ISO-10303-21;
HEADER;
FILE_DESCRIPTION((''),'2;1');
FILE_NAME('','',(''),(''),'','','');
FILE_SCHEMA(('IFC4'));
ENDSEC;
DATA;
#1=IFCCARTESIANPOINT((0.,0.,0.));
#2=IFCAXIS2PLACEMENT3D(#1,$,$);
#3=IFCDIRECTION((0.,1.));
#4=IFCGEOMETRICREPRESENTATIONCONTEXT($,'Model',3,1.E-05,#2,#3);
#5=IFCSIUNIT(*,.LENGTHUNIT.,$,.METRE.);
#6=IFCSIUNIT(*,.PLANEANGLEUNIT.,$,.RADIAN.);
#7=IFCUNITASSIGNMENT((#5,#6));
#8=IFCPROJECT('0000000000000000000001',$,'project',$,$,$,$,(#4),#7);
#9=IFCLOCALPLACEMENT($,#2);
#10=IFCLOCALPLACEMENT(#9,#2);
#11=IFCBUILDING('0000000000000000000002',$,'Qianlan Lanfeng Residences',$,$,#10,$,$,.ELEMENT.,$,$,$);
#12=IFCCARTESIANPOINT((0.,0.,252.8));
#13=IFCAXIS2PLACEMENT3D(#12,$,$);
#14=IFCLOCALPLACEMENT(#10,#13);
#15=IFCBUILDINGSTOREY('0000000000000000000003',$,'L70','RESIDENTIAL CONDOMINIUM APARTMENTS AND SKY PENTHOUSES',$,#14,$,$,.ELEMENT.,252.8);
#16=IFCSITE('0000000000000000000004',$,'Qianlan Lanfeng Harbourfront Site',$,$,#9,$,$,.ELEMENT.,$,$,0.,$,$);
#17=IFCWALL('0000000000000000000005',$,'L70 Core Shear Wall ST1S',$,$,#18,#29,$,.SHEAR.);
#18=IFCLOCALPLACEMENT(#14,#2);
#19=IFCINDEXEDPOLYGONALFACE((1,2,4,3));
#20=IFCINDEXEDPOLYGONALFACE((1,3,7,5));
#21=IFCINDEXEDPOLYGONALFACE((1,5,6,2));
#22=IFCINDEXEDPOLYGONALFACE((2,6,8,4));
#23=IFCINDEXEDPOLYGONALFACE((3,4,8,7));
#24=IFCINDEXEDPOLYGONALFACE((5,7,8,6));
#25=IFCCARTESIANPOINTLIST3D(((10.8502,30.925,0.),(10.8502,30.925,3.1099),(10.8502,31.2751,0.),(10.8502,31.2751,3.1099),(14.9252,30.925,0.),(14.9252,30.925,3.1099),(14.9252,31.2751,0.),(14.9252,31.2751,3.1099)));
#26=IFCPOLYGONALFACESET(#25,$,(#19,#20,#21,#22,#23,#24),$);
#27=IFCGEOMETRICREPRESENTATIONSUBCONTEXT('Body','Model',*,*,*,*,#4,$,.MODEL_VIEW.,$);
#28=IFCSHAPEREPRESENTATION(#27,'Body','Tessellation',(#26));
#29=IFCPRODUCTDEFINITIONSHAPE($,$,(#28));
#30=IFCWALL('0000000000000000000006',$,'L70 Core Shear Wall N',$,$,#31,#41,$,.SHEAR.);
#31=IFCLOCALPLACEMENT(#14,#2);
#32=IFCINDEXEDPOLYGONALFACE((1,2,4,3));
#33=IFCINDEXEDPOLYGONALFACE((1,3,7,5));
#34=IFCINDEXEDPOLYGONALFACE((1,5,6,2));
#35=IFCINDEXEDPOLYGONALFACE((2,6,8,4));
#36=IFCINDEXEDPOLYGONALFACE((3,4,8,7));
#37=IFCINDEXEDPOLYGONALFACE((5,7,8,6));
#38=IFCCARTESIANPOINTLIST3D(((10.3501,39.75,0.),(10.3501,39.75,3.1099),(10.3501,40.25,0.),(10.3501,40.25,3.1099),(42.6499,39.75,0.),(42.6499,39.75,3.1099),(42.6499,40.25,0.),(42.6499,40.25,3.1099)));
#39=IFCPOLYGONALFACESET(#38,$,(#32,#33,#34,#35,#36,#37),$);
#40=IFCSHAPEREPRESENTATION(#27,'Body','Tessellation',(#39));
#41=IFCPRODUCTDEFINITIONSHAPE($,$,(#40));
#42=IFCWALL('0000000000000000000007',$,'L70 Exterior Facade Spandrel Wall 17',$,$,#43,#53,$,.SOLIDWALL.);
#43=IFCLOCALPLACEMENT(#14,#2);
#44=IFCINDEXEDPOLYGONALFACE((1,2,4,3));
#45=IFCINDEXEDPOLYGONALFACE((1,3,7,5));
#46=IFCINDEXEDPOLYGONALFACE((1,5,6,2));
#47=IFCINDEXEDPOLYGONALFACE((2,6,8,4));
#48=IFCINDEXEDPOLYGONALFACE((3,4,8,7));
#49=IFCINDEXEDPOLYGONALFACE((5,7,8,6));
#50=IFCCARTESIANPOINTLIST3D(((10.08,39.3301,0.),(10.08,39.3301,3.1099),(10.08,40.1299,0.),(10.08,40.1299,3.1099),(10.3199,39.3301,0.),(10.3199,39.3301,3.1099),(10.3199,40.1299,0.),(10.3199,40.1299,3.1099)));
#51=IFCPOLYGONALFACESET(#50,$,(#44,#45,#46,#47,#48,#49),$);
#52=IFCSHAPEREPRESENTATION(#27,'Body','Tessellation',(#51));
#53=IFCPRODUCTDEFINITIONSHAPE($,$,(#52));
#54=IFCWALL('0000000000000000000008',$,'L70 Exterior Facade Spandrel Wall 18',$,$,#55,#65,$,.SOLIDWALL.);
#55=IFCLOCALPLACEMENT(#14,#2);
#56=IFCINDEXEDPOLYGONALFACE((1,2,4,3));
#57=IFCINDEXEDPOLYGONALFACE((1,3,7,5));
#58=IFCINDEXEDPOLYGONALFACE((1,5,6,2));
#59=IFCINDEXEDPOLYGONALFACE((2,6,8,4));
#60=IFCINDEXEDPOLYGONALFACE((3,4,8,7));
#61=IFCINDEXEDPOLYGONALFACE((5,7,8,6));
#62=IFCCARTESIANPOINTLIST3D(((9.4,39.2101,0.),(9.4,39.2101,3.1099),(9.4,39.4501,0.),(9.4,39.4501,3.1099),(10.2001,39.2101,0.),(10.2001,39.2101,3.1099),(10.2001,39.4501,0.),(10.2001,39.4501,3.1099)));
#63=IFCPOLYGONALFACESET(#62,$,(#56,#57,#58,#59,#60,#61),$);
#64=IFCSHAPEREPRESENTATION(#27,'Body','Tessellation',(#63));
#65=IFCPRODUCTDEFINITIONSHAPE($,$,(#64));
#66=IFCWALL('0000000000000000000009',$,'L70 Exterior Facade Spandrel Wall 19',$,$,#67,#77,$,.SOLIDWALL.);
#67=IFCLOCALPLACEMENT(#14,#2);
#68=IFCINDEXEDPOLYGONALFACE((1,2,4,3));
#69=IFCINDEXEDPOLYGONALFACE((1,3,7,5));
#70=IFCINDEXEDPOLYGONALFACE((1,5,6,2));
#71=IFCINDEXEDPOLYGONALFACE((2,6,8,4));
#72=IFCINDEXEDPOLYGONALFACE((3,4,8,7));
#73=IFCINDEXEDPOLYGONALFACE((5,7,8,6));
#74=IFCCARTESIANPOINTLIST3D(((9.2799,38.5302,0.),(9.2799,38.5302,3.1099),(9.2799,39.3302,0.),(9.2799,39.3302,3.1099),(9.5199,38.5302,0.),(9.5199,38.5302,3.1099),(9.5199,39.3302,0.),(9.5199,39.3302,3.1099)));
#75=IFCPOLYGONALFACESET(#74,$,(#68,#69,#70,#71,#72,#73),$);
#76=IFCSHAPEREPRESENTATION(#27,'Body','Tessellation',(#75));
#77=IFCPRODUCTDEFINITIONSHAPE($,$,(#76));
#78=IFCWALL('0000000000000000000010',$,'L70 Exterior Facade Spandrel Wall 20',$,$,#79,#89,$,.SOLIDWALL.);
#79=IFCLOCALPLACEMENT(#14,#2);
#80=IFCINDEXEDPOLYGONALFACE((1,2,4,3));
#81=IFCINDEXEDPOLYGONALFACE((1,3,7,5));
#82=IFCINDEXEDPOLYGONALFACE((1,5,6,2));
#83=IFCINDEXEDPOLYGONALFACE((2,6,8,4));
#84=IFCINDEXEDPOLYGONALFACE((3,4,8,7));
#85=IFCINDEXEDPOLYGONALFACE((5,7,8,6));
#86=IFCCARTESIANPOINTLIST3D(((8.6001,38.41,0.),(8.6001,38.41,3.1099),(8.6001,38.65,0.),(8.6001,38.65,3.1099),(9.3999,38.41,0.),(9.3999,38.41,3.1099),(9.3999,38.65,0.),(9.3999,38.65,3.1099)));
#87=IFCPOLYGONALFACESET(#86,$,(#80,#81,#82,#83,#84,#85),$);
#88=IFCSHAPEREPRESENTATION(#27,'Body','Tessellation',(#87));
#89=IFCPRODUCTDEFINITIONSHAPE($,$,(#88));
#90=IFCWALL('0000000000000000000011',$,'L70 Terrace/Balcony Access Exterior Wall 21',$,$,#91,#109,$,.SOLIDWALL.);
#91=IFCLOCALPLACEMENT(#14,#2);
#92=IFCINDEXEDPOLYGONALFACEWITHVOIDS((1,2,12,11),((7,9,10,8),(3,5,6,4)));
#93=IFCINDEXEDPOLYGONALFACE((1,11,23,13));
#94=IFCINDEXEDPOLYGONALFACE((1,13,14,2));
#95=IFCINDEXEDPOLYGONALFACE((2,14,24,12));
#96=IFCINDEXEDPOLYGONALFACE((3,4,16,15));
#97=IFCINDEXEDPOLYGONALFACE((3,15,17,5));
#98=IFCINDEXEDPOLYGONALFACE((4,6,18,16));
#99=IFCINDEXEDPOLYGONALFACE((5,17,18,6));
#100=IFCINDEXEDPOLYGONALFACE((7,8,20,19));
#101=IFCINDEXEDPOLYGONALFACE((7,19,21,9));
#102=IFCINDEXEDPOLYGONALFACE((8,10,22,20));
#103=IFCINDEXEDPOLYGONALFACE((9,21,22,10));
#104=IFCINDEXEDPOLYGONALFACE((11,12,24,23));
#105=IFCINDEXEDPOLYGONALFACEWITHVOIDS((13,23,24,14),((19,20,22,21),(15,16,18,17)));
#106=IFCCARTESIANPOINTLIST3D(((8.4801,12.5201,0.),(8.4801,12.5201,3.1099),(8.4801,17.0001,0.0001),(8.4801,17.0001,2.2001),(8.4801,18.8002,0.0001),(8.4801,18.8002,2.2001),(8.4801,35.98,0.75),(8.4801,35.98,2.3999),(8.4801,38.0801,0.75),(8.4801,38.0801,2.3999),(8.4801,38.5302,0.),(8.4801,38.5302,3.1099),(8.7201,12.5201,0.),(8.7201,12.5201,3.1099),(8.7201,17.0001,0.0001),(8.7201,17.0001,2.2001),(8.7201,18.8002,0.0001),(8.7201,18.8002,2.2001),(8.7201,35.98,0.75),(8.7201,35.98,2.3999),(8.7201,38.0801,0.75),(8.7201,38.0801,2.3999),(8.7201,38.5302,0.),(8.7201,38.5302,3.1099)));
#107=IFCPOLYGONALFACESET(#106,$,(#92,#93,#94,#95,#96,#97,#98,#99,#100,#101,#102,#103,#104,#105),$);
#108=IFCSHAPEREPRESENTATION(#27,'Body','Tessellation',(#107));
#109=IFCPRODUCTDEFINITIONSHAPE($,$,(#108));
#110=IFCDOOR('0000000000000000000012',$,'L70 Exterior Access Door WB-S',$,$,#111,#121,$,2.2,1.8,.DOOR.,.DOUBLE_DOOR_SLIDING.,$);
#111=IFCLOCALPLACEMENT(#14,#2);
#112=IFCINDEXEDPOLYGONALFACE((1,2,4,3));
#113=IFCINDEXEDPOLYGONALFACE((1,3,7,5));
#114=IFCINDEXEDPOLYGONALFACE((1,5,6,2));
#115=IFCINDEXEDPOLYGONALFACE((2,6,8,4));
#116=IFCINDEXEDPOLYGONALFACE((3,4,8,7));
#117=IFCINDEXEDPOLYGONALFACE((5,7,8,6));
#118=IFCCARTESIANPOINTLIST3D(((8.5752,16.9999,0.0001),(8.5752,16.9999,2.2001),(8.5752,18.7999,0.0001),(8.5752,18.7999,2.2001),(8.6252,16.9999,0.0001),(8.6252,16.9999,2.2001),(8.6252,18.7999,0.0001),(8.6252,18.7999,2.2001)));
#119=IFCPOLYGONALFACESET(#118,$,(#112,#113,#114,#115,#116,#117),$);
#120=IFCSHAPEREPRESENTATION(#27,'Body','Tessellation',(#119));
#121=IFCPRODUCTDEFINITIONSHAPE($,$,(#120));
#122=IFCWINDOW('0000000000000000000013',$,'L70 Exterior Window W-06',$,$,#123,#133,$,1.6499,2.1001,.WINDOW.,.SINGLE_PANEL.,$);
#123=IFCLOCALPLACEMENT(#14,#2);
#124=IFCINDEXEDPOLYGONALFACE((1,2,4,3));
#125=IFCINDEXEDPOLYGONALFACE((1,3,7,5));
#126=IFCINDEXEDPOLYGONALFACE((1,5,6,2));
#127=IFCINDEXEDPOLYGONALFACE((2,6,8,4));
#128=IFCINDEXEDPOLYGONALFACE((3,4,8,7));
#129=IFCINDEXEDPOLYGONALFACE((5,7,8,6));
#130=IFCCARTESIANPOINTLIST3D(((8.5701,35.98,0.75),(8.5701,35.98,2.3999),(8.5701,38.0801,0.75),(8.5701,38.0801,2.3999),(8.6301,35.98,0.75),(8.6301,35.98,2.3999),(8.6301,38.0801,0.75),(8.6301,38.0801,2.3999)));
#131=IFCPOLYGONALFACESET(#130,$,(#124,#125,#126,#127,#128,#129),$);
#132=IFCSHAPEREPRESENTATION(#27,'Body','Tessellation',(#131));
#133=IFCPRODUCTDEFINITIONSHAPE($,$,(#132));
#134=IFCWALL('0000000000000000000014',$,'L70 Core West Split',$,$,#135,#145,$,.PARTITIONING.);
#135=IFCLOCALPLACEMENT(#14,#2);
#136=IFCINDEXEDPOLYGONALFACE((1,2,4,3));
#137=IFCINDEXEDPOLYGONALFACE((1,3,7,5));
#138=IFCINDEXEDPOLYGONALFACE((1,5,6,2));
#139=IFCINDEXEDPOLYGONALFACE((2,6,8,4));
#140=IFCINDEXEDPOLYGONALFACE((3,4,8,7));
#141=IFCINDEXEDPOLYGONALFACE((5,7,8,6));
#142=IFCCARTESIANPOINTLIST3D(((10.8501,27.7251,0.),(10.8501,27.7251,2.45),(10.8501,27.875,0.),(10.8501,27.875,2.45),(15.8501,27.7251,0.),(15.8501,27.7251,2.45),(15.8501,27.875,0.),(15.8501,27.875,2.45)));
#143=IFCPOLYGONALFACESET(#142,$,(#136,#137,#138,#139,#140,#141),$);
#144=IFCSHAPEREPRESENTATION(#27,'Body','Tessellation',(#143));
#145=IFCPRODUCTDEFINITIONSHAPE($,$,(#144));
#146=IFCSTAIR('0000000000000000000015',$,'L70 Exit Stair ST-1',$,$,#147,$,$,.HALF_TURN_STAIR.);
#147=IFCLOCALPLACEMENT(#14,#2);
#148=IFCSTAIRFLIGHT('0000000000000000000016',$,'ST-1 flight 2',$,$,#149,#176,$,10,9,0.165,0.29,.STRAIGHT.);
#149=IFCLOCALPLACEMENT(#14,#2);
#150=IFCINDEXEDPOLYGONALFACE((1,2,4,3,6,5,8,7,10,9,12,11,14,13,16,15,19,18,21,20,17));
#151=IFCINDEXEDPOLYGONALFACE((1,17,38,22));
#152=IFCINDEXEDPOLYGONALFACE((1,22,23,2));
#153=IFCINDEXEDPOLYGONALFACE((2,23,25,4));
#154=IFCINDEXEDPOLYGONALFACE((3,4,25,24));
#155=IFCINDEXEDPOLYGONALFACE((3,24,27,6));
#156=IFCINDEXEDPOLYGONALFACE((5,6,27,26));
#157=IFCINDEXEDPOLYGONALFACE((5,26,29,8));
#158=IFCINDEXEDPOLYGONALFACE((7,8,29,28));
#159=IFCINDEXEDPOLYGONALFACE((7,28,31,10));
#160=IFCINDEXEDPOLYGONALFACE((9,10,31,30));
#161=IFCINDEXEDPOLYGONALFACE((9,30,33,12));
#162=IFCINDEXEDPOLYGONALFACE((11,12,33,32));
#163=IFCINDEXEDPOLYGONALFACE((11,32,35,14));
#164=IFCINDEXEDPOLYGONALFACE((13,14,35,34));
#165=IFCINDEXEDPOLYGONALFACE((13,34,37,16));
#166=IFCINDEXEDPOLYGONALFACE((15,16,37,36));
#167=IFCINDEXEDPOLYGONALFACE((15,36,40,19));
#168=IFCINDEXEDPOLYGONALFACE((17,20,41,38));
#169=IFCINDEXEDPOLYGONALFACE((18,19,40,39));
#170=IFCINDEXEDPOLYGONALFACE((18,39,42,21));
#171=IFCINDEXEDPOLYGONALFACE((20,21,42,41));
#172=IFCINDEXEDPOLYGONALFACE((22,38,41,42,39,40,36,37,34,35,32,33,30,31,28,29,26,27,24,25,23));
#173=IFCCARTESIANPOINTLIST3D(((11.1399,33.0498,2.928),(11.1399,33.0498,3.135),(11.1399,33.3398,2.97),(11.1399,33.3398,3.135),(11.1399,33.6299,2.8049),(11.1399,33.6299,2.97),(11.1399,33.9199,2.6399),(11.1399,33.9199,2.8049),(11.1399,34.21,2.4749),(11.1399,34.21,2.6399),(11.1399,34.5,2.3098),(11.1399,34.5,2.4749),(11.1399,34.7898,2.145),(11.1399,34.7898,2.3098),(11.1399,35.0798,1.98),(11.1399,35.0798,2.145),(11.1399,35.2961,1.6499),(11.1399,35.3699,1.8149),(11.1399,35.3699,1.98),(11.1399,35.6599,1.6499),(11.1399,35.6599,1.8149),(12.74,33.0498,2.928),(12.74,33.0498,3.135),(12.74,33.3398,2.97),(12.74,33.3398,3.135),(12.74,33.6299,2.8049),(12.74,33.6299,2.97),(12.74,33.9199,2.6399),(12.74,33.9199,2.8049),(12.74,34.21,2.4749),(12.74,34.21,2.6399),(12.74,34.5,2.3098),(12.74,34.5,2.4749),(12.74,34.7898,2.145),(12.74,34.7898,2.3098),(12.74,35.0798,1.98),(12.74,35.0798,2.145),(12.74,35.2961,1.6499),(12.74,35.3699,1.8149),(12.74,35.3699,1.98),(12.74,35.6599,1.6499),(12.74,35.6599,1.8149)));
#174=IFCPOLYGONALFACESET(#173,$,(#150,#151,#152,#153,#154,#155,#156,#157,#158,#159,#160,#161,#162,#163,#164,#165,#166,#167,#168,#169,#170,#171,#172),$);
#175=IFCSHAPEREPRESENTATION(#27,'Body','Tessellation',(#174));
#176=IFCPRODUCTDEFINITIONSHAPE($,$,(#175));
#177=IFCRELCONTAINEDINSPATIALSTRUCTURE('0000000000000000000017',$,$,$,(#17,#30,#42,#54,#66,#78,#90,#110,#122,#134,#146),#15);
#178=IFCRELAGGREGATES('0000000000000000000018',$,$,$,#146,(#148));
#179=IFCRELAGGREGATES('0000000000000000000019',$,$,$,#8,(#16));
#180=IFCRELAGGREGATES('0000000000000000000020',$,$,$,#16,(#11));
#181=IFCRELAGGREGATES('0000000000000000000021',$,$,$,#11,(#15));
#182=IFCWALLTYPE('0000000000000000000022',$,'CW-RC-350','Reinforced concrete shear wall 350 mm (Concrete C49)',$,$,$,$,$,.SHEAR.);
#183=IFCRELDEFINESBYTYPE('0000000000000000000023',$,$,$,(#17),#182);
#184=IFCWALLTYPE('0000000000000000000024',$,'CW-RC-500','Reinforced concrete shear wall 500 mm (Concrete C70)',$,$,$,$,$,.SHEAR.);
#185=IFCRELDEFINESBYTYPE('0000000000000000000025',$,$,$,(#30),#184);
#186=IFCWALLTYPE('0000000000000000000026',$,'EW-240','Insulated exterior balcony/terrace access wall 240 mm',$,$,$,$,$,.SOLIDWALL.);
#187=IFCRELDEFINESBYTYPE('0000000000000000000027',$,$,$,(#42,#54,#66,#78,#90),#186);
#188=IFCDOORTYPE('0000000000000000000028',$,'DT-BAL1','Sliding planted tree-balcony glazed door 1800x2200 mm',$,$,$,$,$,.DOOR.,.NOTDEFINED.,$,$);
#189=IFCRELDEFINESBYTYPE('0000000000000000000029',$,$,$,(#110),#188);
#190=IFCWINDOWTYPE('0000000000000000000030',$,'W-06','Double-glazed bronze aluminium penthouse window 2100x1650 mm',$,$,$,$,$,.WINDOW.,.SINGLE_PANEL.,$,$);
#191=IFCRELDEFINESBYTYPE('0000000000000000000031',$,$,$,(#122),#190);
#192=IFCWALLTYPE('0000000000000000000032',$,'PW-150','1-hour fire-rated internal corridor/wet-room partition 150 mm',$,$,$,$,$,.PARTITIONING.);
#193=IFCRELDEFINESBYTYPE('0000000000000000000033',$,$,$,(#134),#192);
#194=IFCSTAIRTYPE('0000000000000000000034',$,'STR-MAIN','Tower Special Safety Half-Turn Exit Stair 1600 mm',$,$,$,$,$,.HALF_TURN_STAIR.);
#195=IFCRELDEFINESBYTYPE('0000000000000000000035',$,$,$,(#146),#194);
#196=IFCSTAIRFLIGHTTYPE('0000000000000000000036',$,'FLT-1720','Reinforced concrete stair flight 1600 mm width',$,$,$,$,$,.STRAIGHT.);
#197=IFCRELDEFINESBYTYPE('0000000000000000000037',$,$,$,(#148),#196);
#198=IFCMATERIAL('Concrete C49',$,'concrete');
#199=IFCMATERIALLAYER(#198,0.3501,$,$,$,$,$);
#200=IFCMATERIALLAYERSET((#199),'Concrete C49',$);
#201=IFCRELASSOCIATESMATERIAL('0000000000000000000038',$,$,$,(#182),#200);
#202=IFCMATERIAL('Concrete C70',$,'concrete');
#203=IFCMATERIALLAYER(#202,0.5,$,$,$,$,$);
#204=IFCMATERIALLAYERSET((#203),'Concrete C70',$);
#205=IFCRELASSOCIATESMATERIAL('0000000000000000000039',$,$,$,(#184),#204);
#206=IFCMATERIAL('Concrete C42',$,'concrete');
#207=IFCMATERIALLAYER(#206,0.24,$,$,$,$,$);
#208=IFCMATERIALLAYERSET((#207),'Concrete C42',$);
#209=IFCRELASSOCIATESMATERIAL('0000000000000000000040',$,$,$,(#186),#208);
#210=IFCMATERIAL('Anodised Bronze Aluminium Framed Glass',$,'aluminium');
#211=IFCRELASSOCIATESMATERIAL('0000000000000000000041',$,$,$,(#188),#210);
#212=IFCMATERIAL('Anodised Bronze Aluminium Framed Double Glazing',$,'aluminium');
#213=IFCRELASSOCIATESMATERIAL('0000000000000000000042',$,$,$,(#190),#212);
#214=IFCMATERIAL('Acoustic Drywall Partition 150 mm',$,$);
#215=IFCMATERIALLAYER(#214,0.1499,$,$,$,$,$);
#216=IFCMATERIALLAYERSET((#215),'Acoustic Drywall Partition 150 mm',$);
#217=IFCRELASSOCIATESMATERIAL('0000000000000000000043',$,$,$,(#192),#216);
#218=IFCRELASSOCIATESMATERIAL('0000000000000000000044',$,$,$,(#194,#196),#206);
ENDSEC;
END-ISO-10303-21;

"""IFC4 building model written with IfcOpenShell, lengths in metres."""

from ifc_helpers import new_model, si_unit, direction, frame, frame_2d, origin, place, context, subcontext, project, spatial, polyline, rectangle, outline, extrude, material, layer, layer_set, type_object, element, fill, aggregate, save


model = new_model("IFC4")

# Units and contexts
model_context = context("Model", 3, precision=1e-05, world=origin(), true_north=direction((0.0, 1.0)))
body_context = subcontext(model_context, "Body", "Model", "MODEL_VIEW")
ifc_project = project(units=[si_unit("LENGTHUNIT", "METRE"), si_unit("PLANEANGLEUNIT", "RADIAN")], contexts=[model_context])

# Site, building, storey
site_placement = place(None, origin())
site = spatial("IfcSite", under=ifc_project, at=site_placement, Name="Qianlan Lanfeng Harbourfront Site", CompositionType="ELEMENT", RefElevation=0.0)
building_placement = place(site_placement, origin())
building = spatial("IfcBuilding", under=site, at=building_placement, Name="Qianlan Lanfeng Residences", CompositionType="ELEMENT")
storey_placement = place(building_placement, frame((0.0, 0.0, 252.8)))
storey = spatial("IfcBuildingStorey", under=building, at=storey_placement, Name="L70", Description="RESIDENTIAL CONDOMINIUM APARTMENTS AND SKY PENTHOUSES", CompositionType="ELEMENT", Elevation=252.8)

# Walls
ifc_material_1 = material(Name="Concrete C49", Category="concrete")
ifc_layer_1 = layer(ifc_material_1, 0.3501)
ifc_layer_set_1 = layer_set([ifc_layer_1], Name="Concrete C49")
wall_type_1 = type_object("IfcWallType", Name="CW-RC-350", Description="Reinforced concrete shear wall 350 mm (Concrete C49)", PredefinedType="SHEAR", material=ifc_layer_set_1)
wall_1_placement = place(storey_placement, frame((10.8501, 31.1001, 0.0), z_axis=(0.0, 0.0, 1.0), x_axis=(1.0, 0.0, 0.0)))
element("IfcWall", 1, at=wall_1_placement, inside=storey, type_object=wall_type_1, Name="L70 Core Shear Wall ST1S", PredefinedType="SHEAR", context=body_context, shape_type="SweptSolid", body=[
    extrude(rectangle(XDim=4.075, YDim=0.3501, at=frame_2d((2.0376, 0.0))), origin(), (0.0, 0.0, 1.0), 3.1099),
])
ifc_material_2 = material(Name="Concrete C70", Category="concrete")
ifc_layer_2 = layer(ifc_material_2, 0.5)
ifc_layer_set_2 = layer_set([ifc_layer_2], Name="Concrete C70")
wall_type_2 = type_object("IfcWallType", Name="CW-RC-500", Description="Reinforced concrete shear wall 500 mm (Concrete C70)", PredefinedType="SHEAR", material=ifc_layer_set_2)
wall_2_placement = place(storey_placement, frame((10.3501, 40.0, 0.0), z_axis=(0.0, 0.0, 1.0), x_axis=(1.0, 0.0, 0.0)))
element("IfcWall", 2, at=wall_2_placement, inside=storey, type_object=wall_type_2, Name="L70 Core Shear Wall N", PredefinedType="SHEAR", context=body_context, shape_type="SweptSolid", body=[
    extrude(rectangle(XDim=32.2998, YDim=0.5, at=frame_2d((16.1499, 0.0))), origin(), (0.0, 0.0, 1.0), 3.1099),
])
ifc_material_3 = material(Name="Concrete C42", Category="concrete")
ifc_layer_3 = layer(ifc_material_3, 0.24)
ifc_layer_set_3 = layer_set([ifc_layer_3], Name="Concrete C42")
wall_type_3 = type_object("IfcWallType", Name="EW-240", Description="Insulated exterior balcony/terrace access wall 240 mm", PredefinedType="SOLIDWALL", material=ifc_layer_set_3)
wall_3_placement = place(storey_placement, frame((10.2, 40.1299, 0.0), z_axis=(0.0, 0.0, 1.0), x_axis=(0.0, -1.0, 0.0)))
element("IfcWall", 3, at=wall_3_placement, inside=storey, type_object=wall_type_3, Name="L70 Exterior Facade Spandrel Wall 17", PredefinedType="SOLIDWALL", context=body_context, shape_type="SweptSolid", body=[
    extrude(rectangle(XDim=0.7998, YDim=0.24, at=frame_2d((0.3999, 0.0))), origin(), (0.0, 0.0, 1.0), 3.1099),
])
for number, where, z_axis, x_axis, name in (
    (4, (10.2, 39.3301, 0.0), (0.0, 0.0, 1.0), (-1.0, 0.0, 0.0), "L70 Exterior Facade Spandrel Wall 18"),
    (5, (9.3999, 39.3301, 0.0), (0.0, 0.0, 1.0), (0.0, -1.0, 0.0), "L70 Exterior Facade Spandrel Wall 19"),
):
    element("IfcWall", number, at=place(storey_placement, frame(where, z_axis=z_axis, x_axis=x_axis)), inside=storey, type_object=wall_type_3, Name=name, PredefinedType="SOLIDWALL", context=body_context, shape_type="SweptSolid", body=[
        extrude(rectangle(XDim=0.8, YDim=0.24, at=frame_2d((0.3999, 0.0))), origin(), (0.0, 0.0, 1.0), 3.1099),
    ])
wall_4_placement = place(storey_placement, frame((9.3999, 38.53, 0.0), z_axis=(0.0, 0.0, 1.0), x_axis=(-1.0, 0.0, 0.0)))
element("IfcWall", 6, at=wall_4_placement, inside=storey, type_object=wall_type_3, Name="L70 Exterior Facade Spandrel Wall 20", PredefinedType="SOLIDWALL", context=body_context, shape_type="SweptSolid", body=[
    extrude(rectangle(XDim=0.7998, YDim=0.24, at=frame_2d((0.3999, 0.0))), origin(), (0.0, 0.0, 1.0), 3.1099),
])

# Wall, openings, door, window
wall_5_placement = place(storey_placement, frame((8.6001, 38.53, 0.0), z_axis=(0.0, 0.0, 1.0), x_axis=(0.0, -1.0, 0.0)))
wall_5 = element("IfcWall", 7, at=wall_5_placement, inside=storey, type_object=wall_type_3, Name="L70 Terrace/Balcony Access Exterior Wall 21", PredefinedType="SOLIDWALL", context=body_context, shape_type="SweptSolid", body=[
    extrude(rectangle(XDim=26.01, YDim=0.24, at=frame_2d((13.0049, 0.0))), origin(), (0.0, 0.0, 1.0), 3.1099),
])
opening_1_placement = place(wall_5_placement, frame((19.73, 0.0, 0.0)))
opening_1 = element("IfcOpeningElement", 8, at=opening_1_placement, cuts=wall_5, PredefinedType="OPENING", context=body_context, shape_type="SweptSolid", body=[
    extrude(rectangle(XDim=1.8, YDim=2.2, at=frame_2d((0.8999, 1.1001))), frame((0.0, 0.1299, 0.0), z_axis=(0.0, -1.0, 0.0), x_axis=(1.0, 0.0, 0.0)), (0.0, 0.0, 1.0), 0.26),
])
opening_2_placement = place(wall_5_placement, frame((0.45, 0.0, 0.75)))
opening_2 = element("IfcOpeningElement", 9, at=opening_2_placement, cuts=wall_5, PredefinedType="OPENING", context=body_context, shape_type="SweptSolid", body=[
    extrude(rectangle(XDim=2.1001, YDim=1.6499, at=frame_2d((1.05, 0.825))), frame((0.0, 0.1299, 0.0), z_axis=(0.0, -1.0, 0.0), x_axis=(1.0, 0.0, 0.0)), (0.0, 0.0, 1.0), 0.26),
])
ifc_material_4 = material(Name="Anodised Bronze Aluminium Framed Glass", Category="aluminium")
door_type_1 = type_object("IfcDoorType", Name="DT-BAL1", Description="Sliding planted tree-balcony glazed door 1800x2200 mm", OperationType="NOTDEFINED", PredefinedType="DOOR", material=ifc_material_4)
door_1_placement = place(opening_1_placement, frame((1.8, 0.0, 0.0), z_axis=(0.0, 0.0, 1.0), x_axis=(-1.0, 0.0, 0.0)))
door_1 = element("IfcDoor", 10, at=door_1_placement, inside=storey, type_object=door_type_1, Name="L70 Exterior Access Door WB-S", OperationType="DOUBLE_DOOR_SLIDING", OverallHeight=2.2, OverallWidth=1.8, PredefinedType="DOOR", context=body_context, shape_type="SweptSolid", body=[
    extrude(rectangle(XDim=1.8, YDim=2.2, at=frame_2d((0.8999, 1.1001))), frame((0.0, 0.0249, 0.0), z_axis=(0.0, -1.0, 0.0), x_axis=(1.0, 0.0, 0.0)), (0.0, 0.0, 1.0), 0.05),
])
fill(opening_1, door_1)
ifc_material_5 = material(Name="Anodised Bronze Aluminium Framed Double Glazing", Category="aluminium")
window_type = type_object("IfcWindowType", Name="W-06", Description="Double-glazed bronze aluminium penthouse window 2100x1650 mm", PartitioningType="SINGLE_PANEL", PredefinedType="WINDOW", material=ifc_material_5)
window_placement = place(opening_2_placement, origin())
window = element("IfcWindow", 11, at=window_placement, inside=storey, type_object=window_type, Name="L70 Exterior Window W-06", OverallHeight=1.6499, OverallWidth=2.1001, PartitioningType="SINGLE_PANEL", PredefinedType="WINDOW", context=body_context, shape_type="SweptSolid", body=[
    extrude(rectangle(XDim=2.1001, YDim=1.6499, at=frame_2d((1.05, 0.825))), frame((0.0, 0.03, 0.0), z_axis=(0.0, -1.0, 0.0), x_axis=(1.0, 0.0, 0.0)), (0.0, 0.0, 1.0), 0.0601),
])
fill(opening_2, window)

# Wall
ifc_material_6 = material(Name="Acoustic Drywall Partition 150 mm")
ifc_layer_4 = layer(ifc_material_6, 0.1499)
ifc_layer_set_4 = layer_set([ifc_layer_4], Name="Acoustic Drywall Partition 150 mm")
wall_type_4 = type_object("IfcWallType", Name="PW-150", Description="1-hour fire-rated internal corridor/wet-room partition 150 mm", PredefinedType="PARTITIONING", material=ifc_layer_set_4)
wall_6_placement = place(storey_placement, frame((10.8501, 27.8, 0.0), z_axis=(0.0, 0.0, 1.0), x_axis=(1.0, 0.0, 0.0)))
element("IfcWall", 12, at=wall_6_placement, inside=storey, type_object=wall_type_4, Name="L70 Core West Split", PredefinedType="PARTITIONING", context=body_context, shape_type="SweptSolid", body=[
    extrude(rectangle(XDim=5.0, YDim=0.1499, at=frame_2d((2.5, 0.0))), origin(), (0.0, 0.0, 1.0), 2.45),
])

# Stair, stair flight
stair_type = type_object("IfcStairType", Name="STR-MAIN", Description="Tower Special Safety Half-Turn Exit Stair 1600 mm", PredefinedType="HALF_TURN_STAIR", material=ifc_material_3)
stair_placement = place(storey_placement, origin())
stair = element("IfcStair", 13, at=stair_placement, inside=storey, type_object=stair_type, Name="L70 Exit Stair ST-1", PredefinedType="HALF_TURN_STAIR")
stair_flight_type = type_object("IfcStairFlightType", Name="FLT-1720", Description="Reinforced concrete stair flight 1600 mm width", PredefinedType="STRAIGHT", material=ifc_material_3)
stair_flight_placement = place(storey_placement, frame((11.9399, 35.6599, 1.6499), z_axis=(0.0, 0.0, 1.0), x_axis=(0.0, -1.0, 0.0)))
stair_flight = element("IfcStairFlight", 14, at=stair_flight_placement, type_object=stair_flight_type, Name="ST-1 flight 2", NumberOfRisers=10, NumberOfTreads=9, PredefinedType="STRAIGHT", RiserHeight=0.165, TreadLength=0.29, context=body_context, shape_type="SweptSolid", body=[
    extrude(outline(polyline([(0.0, 0.0), (0.0, 0.165), (0.29, 0.165), (0.29, 0.3301), (0.5801, 0.3301), (0.5801, 0.4951), (0.8701, 0.4951), (0.8701, 0.6599), (1.1599, 0.6599), (1.1599, 0.825), (1.45, 0.825), (1.45, 0.99), (1.74, 0.99), (1.74, 1.155), (2.03, 1.155), (2.03, 1.3201), (2.3201, 1.3201), (2.3201, 1.4851), (2.6101, 1.4851), (2.6101, 1.6499), (2.6101, 1.2781), (0.3638, 0.0), (0.0, 0.0)])), frame((0.0, 0.8, 0.0), z_axis=(0.0, -1.0, 0.0), x_axis=(1.0, 0.0, 0.0)), (0.0, 0.0, 1.0), 1.6001),
])
aggregate(stair, [stair_flight])

save(model, "model.ifc")
